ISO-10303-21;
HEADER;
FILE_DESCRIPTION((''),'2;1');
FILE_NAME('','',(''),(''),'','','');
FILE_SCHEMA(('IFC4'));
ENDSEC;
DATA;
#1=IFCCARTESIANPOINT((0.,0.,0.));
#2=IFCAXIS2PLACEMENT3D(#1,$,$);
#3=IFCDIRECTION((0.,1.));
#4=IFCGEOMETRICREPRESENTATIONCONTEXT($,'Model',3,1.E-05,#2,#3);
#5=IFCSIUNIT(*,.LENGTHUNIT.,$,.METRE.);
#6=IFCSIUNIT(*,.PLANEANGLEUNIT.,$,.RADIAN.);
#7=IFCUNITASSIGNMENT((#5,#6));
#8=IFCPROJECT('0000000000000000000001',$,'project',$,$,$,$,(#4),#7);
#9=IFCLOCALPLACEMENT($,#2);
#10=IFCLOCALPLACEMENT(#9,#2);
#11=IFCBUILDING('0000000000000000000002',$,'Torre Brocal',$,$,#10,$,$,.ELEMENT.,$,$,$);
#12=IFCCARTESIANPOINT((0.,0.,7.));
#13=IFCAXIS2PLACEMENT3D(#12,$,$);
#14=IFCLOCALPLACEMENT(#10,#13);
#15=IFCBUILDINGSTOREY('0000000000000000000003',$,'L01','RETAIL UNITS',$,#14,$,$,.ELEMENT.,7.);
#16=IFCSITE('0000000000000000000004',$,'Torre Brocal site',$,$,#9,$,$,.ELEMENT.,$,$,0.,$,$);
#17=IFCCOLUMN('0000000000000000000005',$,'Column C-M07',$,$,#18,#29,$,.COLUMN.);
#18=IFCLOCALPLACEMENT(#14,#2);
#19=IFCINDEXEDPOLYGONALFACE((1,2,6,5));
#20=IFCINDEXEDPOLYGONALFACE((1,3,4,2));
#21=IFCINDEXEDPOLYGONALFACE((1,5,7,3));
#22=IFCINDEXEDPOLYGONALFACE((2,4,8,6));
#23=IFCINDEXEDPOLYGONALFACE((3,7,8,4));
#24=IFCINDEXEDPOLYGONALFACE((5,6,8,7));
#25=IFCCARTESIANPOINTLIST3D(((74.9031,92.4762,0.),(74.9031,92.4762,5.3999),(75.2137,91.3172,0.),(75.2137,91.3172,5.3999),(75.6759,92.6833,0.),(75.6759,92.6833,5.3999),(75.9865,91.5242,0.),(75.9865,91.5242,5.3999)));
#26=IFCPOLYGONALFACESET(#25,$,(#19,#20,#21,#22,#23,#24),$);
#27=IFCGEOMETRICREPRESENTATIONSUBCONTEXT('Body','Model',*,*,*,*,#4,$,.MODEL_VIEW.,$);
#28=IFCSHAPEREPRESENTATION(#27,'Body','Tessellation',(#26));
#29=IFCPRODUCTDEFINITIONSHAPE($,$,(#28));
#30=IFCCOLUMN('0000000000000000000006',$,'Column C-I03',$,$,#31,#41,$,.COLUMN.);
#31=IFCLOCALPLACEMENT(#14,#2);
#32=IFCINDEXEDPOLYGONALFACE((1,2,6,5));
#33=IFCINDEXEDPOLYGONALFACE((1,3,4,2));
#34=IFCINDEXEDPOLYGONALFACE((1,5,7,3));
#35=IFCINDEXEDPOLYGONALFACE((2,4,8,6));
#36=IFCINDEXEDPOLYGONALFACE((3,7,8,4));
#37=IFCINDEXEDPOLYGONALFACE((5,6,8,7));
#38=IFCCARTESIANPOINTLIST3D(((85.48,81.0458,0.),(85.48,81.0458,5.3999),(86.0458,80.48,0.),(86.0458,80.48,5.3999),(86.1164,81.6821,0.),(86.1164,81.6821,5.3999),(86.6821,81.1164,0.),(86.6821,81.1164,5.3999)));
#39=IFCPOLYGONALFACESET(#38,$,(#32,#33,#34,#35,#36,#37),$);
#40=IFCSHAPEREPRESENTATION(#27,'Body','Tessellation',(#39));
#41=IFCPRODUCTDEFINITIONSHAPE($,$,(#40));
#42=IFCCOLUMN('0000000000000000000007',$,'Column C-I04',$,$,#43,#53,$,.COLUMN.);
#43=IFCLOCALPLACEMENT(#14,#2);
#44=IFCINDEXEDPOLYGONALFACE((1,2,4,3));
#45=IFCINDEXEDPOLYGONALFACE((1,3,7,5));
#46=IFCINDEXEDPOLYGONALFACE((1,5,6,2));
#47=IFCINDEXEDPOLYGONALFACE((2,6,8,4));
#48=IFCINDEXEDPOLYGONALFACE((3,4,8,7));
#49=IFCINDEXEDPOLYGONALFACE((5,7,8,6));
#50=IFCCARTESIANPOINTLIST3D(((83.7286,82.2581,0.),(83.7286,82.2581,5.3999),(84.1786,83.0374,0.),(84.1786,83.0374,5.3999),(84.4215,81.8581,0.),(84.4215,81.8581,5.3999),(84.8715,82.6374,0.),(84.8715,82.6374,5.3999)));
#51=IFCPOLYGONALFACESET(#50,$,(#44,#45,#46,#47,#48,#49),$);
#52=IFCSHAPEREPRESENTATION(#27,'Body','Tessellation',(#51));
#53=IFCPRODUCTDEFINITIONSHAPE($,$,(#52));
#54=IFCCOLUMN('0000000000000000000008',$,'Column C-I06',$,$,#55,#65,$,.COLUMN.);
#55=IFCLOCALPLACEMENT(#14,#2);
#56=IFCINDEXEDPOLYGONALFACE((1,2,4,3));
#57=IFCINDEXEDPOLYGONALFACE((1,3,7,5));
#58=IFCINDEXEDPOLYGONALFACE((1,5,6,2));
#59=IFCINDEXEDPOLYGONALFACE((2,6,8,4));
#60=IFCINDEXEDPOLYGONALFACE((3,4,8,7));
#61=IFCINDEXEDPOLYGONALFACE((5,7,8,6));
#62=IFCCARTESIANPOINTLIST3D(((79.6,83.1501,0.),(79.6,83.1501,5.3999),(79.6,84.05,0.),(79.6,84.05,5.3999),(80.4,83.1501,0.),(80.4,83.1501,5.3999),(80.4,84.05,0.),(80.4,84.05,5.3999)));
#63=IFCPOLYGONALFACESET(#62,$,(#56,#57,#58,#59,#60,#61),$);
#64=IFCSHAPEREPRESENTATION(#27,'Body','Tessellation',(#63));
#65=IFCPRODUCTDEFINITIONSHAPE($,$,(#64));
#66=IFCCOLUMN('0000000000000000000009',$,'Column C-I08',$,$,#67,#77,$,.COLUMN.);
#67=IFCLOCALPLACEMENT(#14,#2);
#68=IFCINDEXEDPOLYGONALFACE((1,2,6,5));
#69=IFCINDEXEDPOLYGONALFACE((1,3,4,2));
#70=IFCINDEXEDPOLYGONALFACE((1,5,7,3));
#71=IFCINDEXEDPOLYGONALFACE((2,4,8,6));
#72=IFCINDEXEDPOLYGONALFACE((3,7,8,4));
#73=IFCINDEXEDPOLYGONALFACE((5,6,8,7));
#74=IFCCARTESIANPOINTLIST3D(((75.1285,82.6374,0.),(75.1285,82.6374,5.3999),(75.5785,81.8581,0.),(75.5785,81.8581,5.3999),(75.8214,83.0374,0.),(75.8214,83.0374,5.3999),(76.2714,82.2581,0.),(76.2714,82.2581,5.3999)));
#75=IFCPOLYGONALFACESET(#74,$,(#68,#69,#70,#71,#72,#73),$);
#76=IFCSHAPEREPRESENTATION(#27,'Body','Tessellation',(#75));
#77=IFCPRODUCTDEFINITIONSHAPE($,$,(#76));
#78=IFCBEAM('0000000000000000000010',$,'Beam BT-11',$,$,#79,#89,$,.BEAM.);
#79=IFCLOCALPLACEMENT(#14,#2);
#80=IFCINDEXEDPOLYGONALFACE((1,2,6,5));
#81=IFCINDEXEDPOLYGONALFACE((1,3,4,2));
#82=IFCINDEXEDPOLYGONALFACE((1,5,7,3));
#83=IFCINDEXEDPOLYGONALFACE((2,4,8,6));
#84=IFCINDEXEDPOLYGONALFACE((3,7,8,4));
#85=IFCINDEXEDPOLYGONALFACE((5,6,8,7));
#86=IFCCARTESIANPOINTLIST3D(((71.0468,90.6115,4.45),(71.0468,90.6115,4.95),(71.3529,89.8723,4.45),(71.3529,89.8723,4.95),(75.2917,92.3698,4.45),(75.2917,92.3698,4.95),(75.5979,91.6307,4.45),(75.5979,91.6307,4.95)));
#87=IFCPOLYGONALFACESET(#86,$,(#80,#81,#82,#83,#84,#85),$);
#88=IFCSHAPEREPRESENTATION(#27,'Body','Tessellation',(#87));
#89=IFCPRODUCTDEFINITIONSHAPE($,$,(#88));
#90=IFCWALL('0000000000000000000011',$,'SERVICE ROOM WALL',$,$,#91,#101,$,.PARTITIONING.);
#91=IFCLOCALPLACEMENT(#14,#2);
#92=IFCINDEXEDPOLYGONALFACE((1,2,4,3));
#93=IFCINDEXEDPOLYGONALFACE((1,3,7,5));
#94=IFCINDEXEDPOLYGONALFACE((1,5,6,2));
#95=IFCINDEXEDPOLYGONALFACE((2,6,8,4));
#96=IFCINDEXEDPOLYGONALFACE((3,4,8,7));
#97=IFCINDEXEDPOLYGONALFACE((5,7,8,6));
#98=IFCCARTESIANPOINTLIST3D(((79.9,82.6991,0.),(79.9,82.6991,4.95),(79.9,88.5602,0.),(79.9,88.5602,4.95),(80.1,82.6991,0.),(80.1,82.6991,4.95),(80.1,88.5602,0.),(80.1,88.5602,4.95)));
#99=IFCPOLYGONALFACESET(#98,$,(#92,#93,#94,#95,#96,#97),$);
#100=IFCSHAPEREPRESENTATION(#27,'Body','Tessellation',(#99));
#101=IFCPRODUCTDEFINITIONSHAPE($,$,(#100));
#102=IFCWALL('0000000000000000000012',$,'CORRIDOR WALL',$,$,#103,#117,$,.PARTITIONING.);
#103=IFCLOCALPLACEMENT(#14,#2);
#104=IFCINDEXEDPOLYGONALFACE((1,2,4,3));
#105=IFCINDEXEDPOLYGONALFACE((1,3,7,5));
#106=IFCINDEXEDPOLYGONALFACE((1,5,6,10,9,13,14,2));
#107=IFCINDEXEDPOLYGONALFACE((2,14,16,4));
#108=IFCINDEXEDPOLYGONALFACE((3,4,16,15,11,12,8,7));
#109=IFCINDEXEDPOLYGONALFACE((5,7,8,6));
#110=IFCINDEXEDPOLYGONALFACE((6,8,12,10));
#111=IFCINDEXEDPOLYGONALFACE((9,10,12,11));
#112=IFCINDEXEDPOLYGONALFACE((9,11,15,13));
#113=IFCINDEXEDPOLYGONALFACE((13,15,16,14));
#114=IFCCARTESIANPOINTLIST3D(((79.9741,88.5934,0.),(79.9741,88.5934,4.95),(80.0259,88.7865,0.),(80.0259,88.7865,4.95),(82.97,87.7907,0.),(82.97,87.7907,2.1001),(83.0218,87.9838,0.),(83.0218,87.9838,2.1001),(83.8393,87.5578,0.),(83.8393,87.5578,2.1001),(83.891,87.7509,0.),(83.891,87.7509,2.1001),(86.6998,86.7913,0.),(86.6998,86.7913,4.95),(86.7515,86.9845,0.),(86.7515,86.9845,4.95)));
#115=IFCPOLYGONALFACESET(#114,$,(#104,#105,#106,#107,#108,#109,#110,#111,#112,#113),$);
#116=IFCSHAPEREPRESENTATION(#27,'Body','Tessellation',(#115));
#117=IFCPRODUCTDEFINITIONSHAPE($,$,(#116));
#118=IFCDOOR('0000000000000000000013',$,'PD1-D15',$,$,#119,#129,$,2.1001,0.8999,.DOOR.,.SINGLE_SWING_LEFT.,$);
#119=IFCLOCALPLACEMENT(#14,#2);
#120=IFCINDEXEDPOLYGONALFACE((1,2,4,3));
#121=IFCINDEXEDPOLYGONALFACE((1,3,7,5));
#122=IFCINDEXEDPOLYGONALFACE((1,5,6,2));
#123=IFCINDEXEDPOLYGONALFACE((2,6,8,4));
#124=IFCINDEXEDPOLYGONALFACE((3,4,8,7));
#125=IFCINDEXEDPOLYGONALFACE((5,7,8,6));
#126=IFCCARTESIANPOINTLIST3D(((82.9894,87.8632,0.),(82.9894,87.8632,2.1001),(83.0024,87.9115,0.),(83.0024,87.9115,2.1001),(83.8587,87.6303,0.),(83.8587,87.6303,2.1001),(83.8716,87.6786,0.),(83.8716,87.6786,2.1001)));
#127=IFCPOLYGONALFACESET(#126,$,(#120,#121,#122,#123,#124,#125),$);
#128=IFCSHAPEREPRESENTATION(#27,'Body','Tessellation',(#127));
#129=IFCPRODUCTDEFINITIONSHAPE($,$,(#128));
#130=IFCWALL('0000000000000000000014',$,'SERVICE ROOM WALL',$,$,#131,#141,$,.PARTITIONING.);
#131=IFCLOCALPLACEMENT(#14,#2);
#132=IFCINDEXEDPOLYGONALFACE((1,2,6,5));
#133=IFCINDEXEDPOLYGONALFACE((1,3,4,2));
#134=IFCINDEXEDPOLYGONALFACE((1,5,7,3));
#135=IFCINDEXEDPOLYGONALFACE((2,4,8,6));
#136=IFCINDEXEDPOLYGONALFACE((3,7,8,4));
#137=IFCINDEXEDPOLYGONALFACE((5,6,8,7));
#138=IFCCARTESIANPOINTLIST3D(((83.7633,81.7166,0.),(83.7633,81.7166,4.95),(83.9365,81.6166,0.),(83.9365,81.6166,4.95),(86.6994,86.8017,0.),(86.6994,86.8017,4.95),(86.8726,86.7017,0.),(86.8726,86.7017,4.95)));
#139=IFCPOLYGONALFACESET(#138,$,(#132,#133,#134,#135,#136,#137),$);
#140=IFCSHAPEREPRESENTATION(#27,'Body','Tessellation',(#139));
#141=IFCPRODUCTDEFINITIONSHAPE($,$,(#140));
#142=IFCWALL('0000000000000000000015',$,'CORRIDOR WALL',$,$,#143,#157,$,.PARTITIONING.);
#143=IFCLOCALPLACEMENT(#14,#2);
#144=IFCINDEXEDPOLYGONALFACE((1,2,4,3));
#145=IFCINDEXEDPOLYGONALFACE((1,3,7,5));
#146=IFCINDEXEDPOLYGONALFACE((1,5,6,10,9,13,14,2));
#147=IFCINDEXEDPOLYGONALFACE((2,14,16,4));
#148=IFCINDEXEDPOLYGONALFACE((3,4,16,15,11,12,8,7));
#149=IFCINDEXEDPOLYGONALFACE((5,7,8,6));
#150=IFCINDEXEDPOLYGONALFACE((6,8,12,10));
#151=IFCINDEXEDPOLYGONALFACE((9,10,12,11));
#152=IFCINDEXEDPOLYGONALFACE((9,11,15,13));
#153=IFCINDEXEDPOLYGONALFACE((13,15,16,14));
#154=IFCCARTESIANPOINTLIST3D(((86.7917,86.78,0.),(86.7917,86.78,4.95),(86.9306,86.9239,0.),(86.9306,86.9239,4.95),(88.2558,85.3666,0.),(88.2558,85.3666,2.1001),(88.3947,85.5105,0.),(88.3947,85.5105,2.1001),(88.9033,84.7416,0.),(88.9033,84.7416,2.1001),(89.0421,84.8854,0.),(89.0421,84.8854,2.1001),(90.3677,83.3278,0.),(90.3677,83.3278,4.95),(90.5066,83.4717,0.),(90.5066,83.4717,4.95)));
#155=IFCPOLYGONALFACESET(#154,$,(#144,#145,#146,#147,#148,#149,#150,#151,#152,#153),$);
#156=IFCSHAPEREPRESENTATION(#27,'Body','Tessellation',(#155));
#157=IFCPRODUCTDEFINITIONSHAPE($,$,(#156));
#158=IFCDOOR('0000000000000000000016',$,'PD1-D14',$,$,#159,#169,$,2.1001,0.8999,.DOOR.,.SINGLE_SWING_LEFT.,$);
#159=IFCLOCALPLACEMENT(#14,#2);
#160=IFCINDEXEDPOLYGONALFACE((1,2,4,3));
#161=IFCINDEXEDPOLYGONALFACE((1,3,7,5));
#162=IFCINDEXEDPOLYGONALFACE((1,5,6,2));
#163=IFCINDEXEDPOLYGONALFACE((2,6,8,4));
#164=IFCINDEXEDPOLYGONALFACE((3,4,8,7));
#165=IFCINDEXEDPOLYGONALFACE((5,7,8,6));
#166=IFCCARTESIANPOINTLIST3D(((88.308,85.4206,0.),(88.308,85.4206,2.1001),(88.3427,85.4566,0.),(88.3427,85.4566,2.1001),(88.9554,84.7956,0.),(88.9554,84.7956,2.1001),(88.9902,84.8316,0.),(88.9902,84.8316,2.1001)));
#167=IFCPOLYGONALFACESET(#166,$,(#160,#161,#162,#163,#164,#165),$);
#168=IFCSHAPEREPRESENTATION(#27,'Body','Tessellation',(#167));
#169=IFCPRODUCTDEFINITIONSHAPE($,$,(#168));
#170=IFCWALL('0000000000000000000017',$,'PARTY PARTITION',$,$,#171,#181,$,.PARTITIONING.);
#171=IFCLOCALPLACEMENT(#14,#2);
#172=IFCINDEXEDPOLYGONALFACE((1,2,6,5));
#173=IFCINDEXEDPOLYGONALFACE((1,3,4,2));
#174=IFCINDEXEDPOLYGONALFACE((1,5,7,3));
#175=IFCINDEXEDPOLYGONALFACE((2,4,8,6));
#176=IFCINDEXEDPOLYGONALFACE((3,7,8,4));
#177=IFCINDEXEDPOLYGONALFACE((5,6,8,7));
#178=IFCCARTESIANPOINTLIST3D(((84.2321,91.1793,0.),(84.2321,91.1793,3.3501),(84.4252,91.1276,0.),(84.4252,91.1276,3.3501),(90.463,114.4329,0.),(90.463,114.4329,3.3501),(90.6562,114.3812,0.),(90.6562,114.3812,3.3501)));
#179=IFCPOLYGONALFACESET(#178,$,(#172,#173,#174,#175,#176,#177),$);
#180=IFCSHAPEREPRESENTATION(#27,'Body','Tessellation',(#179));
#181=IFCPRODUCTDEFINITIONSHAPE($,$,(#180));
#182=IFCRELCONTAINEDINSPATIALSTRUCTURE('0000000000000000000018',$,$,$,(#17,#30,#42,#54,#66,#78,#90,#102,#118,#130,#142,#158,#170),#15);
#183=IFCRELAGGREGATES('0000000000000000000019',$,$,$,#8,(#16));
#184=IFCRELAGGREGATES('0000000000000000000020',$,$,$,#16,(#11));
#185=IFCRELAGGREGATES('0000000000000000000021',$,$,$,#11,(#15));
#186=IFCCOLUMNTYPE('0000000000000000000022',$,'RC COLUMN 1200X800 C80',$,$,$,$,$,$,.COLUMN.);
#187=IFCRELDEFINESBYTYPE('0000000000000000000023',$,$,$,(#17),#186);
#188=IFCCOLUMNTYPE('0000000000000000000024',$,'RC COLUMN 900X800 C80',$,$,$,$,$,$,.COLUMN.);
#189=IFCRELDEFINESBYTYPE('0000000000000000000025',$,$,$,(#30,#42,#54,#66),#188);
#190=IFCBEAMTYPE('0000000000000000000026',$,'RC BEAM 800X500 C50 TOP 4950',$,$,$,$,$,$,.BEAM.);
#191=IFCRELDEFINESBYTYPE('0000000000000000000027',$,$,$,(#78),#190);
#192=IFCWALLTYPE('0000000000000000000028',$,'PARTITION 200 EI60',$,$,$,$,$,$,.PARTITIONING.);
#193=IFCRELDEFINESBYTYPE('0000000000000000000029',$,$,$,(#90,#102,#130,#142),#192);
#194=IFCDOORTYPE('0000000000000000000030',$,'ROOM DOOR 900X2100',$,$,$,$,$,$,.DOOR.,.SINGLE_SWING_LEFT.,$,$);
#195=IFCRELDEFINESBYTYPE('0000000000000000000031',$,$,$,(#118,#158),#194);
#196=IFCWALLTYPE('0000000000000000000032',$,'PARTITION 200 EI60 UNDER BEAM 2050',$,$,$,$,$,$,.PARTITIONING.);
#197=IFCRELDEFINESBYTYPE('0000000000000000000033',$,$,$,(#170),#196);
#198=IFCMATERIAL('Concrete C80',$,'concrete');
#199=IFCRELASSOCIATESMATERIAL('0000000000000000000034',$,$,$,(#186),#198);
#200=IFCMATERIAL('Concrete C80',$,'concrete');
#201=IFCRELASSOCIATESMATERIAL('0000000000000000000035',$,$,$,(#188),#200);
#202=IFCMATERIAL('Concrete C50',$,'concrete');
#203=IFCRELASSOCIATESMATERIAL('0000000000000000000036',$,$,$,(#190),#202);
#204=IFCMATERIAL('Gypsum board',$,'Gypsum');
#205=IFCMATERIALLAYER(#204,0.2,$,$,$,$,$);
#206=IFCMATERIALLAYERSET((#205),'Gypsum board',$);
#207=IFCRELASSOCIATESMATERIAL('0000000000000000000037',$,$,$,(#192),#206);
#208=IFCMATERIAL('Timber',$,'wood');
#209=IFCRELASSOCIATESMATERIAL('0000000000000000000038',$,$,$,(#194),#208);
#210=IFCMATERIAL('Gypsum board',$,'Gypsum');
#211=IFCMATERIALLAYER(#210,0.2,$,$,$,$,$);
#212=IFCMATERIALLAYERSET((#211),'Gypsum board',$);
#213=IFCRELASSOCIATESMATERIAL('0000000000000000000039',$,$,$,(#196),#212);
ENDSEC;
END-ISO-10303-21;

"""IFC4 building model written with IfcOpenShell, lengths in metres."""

from ifc_helpers import new_model, si_unit, direction, frame, frame_2d, origin, origin_2d, place, context, subcontext, project, spatial, rectangle, extrude, material, layer, layer_set, material_profile, profile_set, type_object, element, fill, save


model = new_model("IFC4")

# Units and contexts
model_context = context("Model", 3, precision=1e-05, world=origin(), true_north=direction((0.0, 1.0)))
body_context = subcontext(model_context, "Body", "Model", "MODEL_VIEW")
ifc_project = project(units=[si_unit("LENGTHUNIT", "METRE"), si_unit("PLANEANGLEUNIT", "RADIAN")], contexts=[model_context])

# Site, building, storey
site_placement = place(None, origin())
site = spatial("IfcSite", under=ifc_project, at=site_placement, Name="Torre Brocal site", CompositionType="ELEMENT", RefElevation=0.0)
building_placement = place(site_placement, origin())
building = spatial("IfcBuilding", under=site, at=building_placement, Name="Torre Brocal", CompositionType="ELEMENT")
storey_placement = place(building_placement, frame((0.0, 0.0, 7.0)))
storey = spatial("IfcBuildingStorey", under=building, at=storey_placement, Name="L01", Description="RETAIL UNITS", CompositionType="ELEMENT", Elevation=7.0)

# Columns
ifc_material_1 = material(Name="Concrete C80", Category="concrete")
ifc_material_profile_1 = material_profile(ifc_material_1, rectangle(XDim=1.2, YDim=0.8, at=origin_2d()), Name="RC 1200X800")
ifc_profile_set_1 = profile_set([ifc_material_profile_1], Name="Concrete C80")
column_type_1 = type_object("IfcColumnType", Name="RC COLUMN 1200X800 C80", PredefinedType="COLUMN", material=ifc_profile_set_1)
column_placement = place(storey_placement, frame((75.4448, 92.0002, 0.0), z_axis=(0.0, 0.0, 1.0), x_axis=(-0.258819, 0.965926, 0.0)))
element("IfcColumn", 1, at=column_placement, inside=storey, type_object=column_type_1, Name="Column C-M07", PredefinedType="COLUMN", context=body_context, shape_type="SweptSolid", body=[
    extrude(rectangle(XDim=1.2, YDim=0.8, at=origin_2d()), origin(), (0.0, 0.0, 1.0), 5.3999),
])
ifc_material_2 = material(Name="Concrete C80", Category="concrete")
ifc_material_profile_2 = material_profile(ifc_material_2, rectangle(XDim=0.8999, YDim=0.8, at=origin_2d()), Name="RC 900X800")
ifc_profile_set_2 = profile_set([ifc_material_profile_2], Name="Concrete C80")
column_type_2 = type_object("IfcColumnType", Name="RC COLUMN 900X800 C80", PredefinedType="COLUMN", material=ifc_profile_set_2)
for number, where, z_axis, x_axis, name in (
    (2, (86.0811, 81.0811, 0.0), (0.0, 0.0, 1.0), (0.707107, 0.707107, 0.0), "Column C-I03"),
    (3, (84.3, 82.4478, 0.0), (0.0, 0.0, 1.0), (0.5, 0.866025, 0.0), "Column C-I04"),
    (4, (80.0, 83.6001, 0.0), (0.0, 0.0, 1.0), (0.0, 1.0, 0.0), "Column C-I06"),
    (5, (75.7, 82.4478, 0.0), (0.0, 0.0, 1.0), (-0.5, 0.866025, 0.0), "Column C-I08"),
):
    element("IfcColumn", number, at=place(storey_placement, frame(where, z_axis=z_axis, x_axis=x_axis)), inside=storey, type_object=column_type_2, Name=name, PredefinedType="COLUMN", context=body_context, shape_type="SweptSolid", body=[
        extrude(rectangle(XDim=0.8999, YDim=0.8, at=origin_2d()), origin(), (0.0, 0.0, 1.0), 5.3999),
    ])

# Beam
ifc_material_3 = material(Name="Concrete C50", Category="concrete")
ifc_material_profile_3 = material_profile(ifc_material_3, rectangle(XDim=0.8, YDim=0.5, at=origin_2d()), Name="RC 800X500")
ifc_profile_set_3 = profile_set([ifc_material_profile_3], Name="Concrete C50")
beam_type = type_object("IfcBeamType", Name="RC BEAM 800X500 C50 TOP 4950", PredefinedType="BEAM", material=ifc_profile_set_3)
beam_placement = place(storey_placement, frame((75.4448, 92.0002, 4.7), z_axis=(-0.923878, -0.382687, 0.0), x_axis=(0.382687, -0.923878, 0.0)))
element("IfcBeam", 6, at=beam_placement, inside=storey, type_object=beam_type, Name="Beam BT-11", PredefinedType="BEAM", context=body_context, shape_type="SweptSolid", body=[
    extrude(rectangle(XDim=0.8, YDim=0.5, at=origin_2d()), origin(), (0.0, 0.0, 1.0), 4.5947),
])

# Wall
ifc_material_4 = material(Name="Gypsum board", Category="Gypsum")
ifc_layer_1 = layer(ifc_material_4, 0.2)
ifc_layer_set_1 = layer_set([ifc_layer_1], Name="Gypsum board")
wall_type_1 = type_object("IfcWallType", Name="PARTITION 200 EI60", PredefinedType="PARTITIONING", material=ifc_layer_set_1)
wall_1_placement = place(storey_placement, frame((80.0, 82.699, 0.0), z_axis=(0.0, 0.0, 1.0), x_axis=(0.0, 1.0, 0.0)))
element("IfcWall", 7, at=wall_1_placement, inside=storey, type_object=wall_type_1, Name="SERVICE ROOM WALL", PredefinedType="PARTITIONING", context=body_context, shape_type="SweptSolid", body=[
    extrude(rectangle(XDim=5.8611, YDim=0.2, at=frame_2d((2.9307, 0.0))), origin(), (0.0, 0.0, 1.0), 4.95),
])

# Wall, opening, door
wall_2_placement = place(storey_placement, frame((80.0, 88.6899, 0.0), z_axis=(0.0, 0.0, 1.0), x_axis=(0.96593, -0.258804, 0.0)))
wall_2 = element("IfcWall", 8, at=wall_2_placement, inside=storey, type_object=wall_type_1, Name="CORRIDOR WALL", PredefinedType="PARTITIONING", context=body_context, shape_type="SweptSolid", body=[
    extrude(rectangle(XDim=6.9629, YDim=0.2, at=frame_2d((3.4814, 0.0))), origin(), (0.0, 0.0, 1.0), 4.95),
])
opening_1_placement = place(wall_2_placement, frame((3.1016, 0.0, 0.0)))
opening_1 = element("IfcOpeningElement", 9, at=opening_1_placement, cuts=wall_2, PredefinedType="OPENING", context=body_context, shape_type="SweptSolid", body=[
    extrude(rectangle(XDim=0.8999, YDim=2.1001, at=frame_2d((0.45, 1.05))), frame((0.0, 0.1099, 0.0), z_axis=(0.0, -1.0, 0.0), x_axis=(1.0, 0.0, 0.0)), (0.0, 0.0, 1.0), 0.22),
])
ifc_material_5 = material(Name="Timber", Category="wood")
door_type_1 = type_object("IfcDoorType", Name="ROOM DOOR 900X2100", OperationType="SINGLE_SWING_LEFT", PredefinedType="DOOR", material=ifc_material_5)
door_1_placement = place(opening_1_placement, frame((0.8999, 0.0, 0.0), z_axis=(0.0, 0.0, 1.0), x_axis=(-1.0, 0.0, 0.0)))
door_1 = element("IfcDoor", 10, at=door_1_placement, inside=storey, type_object=door_type_1, Name="PD1-D15", OperationType="SINGLE_SWING_LEFT", OverallHeight=2.1001, OverallWidth=0.8999, PredefinedType="DOOR", context=body_context, shape_type="SweptSolid", body=[
    extrude(rectangle(XDim=0.8999, YDim=2.1001, at=frame_2d((0.45, 1.05))), frame((0.0, 0.0249, 0.0), z_axis=(0.0, -1.0, 0.0), x_axis=(1.0, 0.0, 0.0)), (0.0, 0.0, 1.0), 0.05),
])
fill(opening_1, door_1)

# Wall
wall_3_placement = place(storey_placement, frame((83.8499, 81.6665, 0.0), z_axis=(0.0, 0.0, 1.0), x_axis=(0.50003, 0.866008, 0.0)))
element("IfcWall", 11, at=wall_3_placement, inside=storey, type_object=wall_type_1, Name="SERVICE ROOM WALL", PredefinedType="PARTITIONING", context=body_context, shape_type="SweptSolid", body=[
    extrude(rectangle(XDim=5.8718, YDim=0.2, at=frame_2d((2.936, 0.0))), origin(), (0.0, 0.0, 1.0), 4.95),
])

# Wall, opening, door
wall_4_placement = place(storey_placement, frame((86.8611, 86.8521, 0.0), z_axis=(0.0, 0.0, 1.0), x_axis=(0.719449, -0.694545, 0.0)))
wall_4 = element("IfcWall", 12, at=wall_4_placement, inside=storey, type_object=wall_type_1, Name="CORRIDOR WALL", PredefinedType="PARTITIONING", context=body_context, shape_type="SweptSolid", body=[
    extrude(rectangle(XDim=4.9705, YDim=0.2, at=frame_2d((2.4854, 0.0))), origin(), (0.0, 0.0, 1.0), 4.95),
])
opening_2_placement = place(wall_4_placement, frame((2.0352, 0.0, 0.0)))
opening_2 = element("IfcOpeningElement", 13, at=opening_2_placement, cuts=wall_4, PredefinedType="OPENING", context=body_context, shape_type="SweptSolid", body=[
    extrude(rectangle(XDim=0.8999, YDim=2.1001, at=frame_2d((0.45, 1.05))), frame((0.0, 0.1099, 0.0), z_axis=(0.0, -1.0, 0.0), x_axis=(1.0, 0.0, 0.0)), (0.0, 0.0, 1.0), 0.22),
])
door_2_placement = place(opening_2_placement, frame((0.8999, 0.0, 0.0), z_axis=(0.0, 0.0, 1.0), x_axis=(-1.0, 0.0, 0.0)))
door_2 = element("IfcDoor", 14, at=door_2_placement, inside=storey, type_object=door_type_1, Name="PD1-D14", OperationType="SINGLE_SWING_LEFT", OverallHeight=2.1001, OverallWidth=0.8999, PredefinedType="DOOR", context=body_context, shape_type="SweptSolid", body=[
    extrude(rectangle(XDim=0.8999, YDim=2.1001, at=frame_2d((0.45, 1.05))), frame((0.0, 0.0249, 0.0), z_axis=(0.0, -1.0, 0.0), x_axis=(1.0, 0.0, 0.0)), (0.0, 0.0, 1.0), 0.05),
])
fill(opening_2, door_2)

# Wall
ifc_material_6 = material(Name="Gypsum board", Category="Gypsum")
ifc_layer_2 = layer(ifc_material_6, 0.2)
ifc_layer_set_2 = layer_set([ifc_layer_2], Name="Gypsum board")
wall_type_2 = type_object("IfcWallType", Name="PARTITION 200 EI60 UNDER BEAM 2050", PredefinedType="PARTITIONING", material=ifc_layer_set_2)
wall_5_placement = place(storey_placement, frame((84.3286, 91.1533, 0.0), z_axis=(0.0, 0.0, 1.0), x_axis=(0.258825, 0.965924, 0.0)))
element("IfcWall", 15, at=wall_5_placement, inside=storey, type_object=wall_type_2, Name="PARTY PARTITION", PredefinedType="PARTITIONING", context=body_context, shape_type="SweptSolid", body=[
    extrude(rectangle(XDim=24.074, YDim=0.2, at=frame_2d((12.0371, 0.0))), origin(), (0.0, 0.0, 1.0), 3.3501),
])

save(model, "model.ifc")
